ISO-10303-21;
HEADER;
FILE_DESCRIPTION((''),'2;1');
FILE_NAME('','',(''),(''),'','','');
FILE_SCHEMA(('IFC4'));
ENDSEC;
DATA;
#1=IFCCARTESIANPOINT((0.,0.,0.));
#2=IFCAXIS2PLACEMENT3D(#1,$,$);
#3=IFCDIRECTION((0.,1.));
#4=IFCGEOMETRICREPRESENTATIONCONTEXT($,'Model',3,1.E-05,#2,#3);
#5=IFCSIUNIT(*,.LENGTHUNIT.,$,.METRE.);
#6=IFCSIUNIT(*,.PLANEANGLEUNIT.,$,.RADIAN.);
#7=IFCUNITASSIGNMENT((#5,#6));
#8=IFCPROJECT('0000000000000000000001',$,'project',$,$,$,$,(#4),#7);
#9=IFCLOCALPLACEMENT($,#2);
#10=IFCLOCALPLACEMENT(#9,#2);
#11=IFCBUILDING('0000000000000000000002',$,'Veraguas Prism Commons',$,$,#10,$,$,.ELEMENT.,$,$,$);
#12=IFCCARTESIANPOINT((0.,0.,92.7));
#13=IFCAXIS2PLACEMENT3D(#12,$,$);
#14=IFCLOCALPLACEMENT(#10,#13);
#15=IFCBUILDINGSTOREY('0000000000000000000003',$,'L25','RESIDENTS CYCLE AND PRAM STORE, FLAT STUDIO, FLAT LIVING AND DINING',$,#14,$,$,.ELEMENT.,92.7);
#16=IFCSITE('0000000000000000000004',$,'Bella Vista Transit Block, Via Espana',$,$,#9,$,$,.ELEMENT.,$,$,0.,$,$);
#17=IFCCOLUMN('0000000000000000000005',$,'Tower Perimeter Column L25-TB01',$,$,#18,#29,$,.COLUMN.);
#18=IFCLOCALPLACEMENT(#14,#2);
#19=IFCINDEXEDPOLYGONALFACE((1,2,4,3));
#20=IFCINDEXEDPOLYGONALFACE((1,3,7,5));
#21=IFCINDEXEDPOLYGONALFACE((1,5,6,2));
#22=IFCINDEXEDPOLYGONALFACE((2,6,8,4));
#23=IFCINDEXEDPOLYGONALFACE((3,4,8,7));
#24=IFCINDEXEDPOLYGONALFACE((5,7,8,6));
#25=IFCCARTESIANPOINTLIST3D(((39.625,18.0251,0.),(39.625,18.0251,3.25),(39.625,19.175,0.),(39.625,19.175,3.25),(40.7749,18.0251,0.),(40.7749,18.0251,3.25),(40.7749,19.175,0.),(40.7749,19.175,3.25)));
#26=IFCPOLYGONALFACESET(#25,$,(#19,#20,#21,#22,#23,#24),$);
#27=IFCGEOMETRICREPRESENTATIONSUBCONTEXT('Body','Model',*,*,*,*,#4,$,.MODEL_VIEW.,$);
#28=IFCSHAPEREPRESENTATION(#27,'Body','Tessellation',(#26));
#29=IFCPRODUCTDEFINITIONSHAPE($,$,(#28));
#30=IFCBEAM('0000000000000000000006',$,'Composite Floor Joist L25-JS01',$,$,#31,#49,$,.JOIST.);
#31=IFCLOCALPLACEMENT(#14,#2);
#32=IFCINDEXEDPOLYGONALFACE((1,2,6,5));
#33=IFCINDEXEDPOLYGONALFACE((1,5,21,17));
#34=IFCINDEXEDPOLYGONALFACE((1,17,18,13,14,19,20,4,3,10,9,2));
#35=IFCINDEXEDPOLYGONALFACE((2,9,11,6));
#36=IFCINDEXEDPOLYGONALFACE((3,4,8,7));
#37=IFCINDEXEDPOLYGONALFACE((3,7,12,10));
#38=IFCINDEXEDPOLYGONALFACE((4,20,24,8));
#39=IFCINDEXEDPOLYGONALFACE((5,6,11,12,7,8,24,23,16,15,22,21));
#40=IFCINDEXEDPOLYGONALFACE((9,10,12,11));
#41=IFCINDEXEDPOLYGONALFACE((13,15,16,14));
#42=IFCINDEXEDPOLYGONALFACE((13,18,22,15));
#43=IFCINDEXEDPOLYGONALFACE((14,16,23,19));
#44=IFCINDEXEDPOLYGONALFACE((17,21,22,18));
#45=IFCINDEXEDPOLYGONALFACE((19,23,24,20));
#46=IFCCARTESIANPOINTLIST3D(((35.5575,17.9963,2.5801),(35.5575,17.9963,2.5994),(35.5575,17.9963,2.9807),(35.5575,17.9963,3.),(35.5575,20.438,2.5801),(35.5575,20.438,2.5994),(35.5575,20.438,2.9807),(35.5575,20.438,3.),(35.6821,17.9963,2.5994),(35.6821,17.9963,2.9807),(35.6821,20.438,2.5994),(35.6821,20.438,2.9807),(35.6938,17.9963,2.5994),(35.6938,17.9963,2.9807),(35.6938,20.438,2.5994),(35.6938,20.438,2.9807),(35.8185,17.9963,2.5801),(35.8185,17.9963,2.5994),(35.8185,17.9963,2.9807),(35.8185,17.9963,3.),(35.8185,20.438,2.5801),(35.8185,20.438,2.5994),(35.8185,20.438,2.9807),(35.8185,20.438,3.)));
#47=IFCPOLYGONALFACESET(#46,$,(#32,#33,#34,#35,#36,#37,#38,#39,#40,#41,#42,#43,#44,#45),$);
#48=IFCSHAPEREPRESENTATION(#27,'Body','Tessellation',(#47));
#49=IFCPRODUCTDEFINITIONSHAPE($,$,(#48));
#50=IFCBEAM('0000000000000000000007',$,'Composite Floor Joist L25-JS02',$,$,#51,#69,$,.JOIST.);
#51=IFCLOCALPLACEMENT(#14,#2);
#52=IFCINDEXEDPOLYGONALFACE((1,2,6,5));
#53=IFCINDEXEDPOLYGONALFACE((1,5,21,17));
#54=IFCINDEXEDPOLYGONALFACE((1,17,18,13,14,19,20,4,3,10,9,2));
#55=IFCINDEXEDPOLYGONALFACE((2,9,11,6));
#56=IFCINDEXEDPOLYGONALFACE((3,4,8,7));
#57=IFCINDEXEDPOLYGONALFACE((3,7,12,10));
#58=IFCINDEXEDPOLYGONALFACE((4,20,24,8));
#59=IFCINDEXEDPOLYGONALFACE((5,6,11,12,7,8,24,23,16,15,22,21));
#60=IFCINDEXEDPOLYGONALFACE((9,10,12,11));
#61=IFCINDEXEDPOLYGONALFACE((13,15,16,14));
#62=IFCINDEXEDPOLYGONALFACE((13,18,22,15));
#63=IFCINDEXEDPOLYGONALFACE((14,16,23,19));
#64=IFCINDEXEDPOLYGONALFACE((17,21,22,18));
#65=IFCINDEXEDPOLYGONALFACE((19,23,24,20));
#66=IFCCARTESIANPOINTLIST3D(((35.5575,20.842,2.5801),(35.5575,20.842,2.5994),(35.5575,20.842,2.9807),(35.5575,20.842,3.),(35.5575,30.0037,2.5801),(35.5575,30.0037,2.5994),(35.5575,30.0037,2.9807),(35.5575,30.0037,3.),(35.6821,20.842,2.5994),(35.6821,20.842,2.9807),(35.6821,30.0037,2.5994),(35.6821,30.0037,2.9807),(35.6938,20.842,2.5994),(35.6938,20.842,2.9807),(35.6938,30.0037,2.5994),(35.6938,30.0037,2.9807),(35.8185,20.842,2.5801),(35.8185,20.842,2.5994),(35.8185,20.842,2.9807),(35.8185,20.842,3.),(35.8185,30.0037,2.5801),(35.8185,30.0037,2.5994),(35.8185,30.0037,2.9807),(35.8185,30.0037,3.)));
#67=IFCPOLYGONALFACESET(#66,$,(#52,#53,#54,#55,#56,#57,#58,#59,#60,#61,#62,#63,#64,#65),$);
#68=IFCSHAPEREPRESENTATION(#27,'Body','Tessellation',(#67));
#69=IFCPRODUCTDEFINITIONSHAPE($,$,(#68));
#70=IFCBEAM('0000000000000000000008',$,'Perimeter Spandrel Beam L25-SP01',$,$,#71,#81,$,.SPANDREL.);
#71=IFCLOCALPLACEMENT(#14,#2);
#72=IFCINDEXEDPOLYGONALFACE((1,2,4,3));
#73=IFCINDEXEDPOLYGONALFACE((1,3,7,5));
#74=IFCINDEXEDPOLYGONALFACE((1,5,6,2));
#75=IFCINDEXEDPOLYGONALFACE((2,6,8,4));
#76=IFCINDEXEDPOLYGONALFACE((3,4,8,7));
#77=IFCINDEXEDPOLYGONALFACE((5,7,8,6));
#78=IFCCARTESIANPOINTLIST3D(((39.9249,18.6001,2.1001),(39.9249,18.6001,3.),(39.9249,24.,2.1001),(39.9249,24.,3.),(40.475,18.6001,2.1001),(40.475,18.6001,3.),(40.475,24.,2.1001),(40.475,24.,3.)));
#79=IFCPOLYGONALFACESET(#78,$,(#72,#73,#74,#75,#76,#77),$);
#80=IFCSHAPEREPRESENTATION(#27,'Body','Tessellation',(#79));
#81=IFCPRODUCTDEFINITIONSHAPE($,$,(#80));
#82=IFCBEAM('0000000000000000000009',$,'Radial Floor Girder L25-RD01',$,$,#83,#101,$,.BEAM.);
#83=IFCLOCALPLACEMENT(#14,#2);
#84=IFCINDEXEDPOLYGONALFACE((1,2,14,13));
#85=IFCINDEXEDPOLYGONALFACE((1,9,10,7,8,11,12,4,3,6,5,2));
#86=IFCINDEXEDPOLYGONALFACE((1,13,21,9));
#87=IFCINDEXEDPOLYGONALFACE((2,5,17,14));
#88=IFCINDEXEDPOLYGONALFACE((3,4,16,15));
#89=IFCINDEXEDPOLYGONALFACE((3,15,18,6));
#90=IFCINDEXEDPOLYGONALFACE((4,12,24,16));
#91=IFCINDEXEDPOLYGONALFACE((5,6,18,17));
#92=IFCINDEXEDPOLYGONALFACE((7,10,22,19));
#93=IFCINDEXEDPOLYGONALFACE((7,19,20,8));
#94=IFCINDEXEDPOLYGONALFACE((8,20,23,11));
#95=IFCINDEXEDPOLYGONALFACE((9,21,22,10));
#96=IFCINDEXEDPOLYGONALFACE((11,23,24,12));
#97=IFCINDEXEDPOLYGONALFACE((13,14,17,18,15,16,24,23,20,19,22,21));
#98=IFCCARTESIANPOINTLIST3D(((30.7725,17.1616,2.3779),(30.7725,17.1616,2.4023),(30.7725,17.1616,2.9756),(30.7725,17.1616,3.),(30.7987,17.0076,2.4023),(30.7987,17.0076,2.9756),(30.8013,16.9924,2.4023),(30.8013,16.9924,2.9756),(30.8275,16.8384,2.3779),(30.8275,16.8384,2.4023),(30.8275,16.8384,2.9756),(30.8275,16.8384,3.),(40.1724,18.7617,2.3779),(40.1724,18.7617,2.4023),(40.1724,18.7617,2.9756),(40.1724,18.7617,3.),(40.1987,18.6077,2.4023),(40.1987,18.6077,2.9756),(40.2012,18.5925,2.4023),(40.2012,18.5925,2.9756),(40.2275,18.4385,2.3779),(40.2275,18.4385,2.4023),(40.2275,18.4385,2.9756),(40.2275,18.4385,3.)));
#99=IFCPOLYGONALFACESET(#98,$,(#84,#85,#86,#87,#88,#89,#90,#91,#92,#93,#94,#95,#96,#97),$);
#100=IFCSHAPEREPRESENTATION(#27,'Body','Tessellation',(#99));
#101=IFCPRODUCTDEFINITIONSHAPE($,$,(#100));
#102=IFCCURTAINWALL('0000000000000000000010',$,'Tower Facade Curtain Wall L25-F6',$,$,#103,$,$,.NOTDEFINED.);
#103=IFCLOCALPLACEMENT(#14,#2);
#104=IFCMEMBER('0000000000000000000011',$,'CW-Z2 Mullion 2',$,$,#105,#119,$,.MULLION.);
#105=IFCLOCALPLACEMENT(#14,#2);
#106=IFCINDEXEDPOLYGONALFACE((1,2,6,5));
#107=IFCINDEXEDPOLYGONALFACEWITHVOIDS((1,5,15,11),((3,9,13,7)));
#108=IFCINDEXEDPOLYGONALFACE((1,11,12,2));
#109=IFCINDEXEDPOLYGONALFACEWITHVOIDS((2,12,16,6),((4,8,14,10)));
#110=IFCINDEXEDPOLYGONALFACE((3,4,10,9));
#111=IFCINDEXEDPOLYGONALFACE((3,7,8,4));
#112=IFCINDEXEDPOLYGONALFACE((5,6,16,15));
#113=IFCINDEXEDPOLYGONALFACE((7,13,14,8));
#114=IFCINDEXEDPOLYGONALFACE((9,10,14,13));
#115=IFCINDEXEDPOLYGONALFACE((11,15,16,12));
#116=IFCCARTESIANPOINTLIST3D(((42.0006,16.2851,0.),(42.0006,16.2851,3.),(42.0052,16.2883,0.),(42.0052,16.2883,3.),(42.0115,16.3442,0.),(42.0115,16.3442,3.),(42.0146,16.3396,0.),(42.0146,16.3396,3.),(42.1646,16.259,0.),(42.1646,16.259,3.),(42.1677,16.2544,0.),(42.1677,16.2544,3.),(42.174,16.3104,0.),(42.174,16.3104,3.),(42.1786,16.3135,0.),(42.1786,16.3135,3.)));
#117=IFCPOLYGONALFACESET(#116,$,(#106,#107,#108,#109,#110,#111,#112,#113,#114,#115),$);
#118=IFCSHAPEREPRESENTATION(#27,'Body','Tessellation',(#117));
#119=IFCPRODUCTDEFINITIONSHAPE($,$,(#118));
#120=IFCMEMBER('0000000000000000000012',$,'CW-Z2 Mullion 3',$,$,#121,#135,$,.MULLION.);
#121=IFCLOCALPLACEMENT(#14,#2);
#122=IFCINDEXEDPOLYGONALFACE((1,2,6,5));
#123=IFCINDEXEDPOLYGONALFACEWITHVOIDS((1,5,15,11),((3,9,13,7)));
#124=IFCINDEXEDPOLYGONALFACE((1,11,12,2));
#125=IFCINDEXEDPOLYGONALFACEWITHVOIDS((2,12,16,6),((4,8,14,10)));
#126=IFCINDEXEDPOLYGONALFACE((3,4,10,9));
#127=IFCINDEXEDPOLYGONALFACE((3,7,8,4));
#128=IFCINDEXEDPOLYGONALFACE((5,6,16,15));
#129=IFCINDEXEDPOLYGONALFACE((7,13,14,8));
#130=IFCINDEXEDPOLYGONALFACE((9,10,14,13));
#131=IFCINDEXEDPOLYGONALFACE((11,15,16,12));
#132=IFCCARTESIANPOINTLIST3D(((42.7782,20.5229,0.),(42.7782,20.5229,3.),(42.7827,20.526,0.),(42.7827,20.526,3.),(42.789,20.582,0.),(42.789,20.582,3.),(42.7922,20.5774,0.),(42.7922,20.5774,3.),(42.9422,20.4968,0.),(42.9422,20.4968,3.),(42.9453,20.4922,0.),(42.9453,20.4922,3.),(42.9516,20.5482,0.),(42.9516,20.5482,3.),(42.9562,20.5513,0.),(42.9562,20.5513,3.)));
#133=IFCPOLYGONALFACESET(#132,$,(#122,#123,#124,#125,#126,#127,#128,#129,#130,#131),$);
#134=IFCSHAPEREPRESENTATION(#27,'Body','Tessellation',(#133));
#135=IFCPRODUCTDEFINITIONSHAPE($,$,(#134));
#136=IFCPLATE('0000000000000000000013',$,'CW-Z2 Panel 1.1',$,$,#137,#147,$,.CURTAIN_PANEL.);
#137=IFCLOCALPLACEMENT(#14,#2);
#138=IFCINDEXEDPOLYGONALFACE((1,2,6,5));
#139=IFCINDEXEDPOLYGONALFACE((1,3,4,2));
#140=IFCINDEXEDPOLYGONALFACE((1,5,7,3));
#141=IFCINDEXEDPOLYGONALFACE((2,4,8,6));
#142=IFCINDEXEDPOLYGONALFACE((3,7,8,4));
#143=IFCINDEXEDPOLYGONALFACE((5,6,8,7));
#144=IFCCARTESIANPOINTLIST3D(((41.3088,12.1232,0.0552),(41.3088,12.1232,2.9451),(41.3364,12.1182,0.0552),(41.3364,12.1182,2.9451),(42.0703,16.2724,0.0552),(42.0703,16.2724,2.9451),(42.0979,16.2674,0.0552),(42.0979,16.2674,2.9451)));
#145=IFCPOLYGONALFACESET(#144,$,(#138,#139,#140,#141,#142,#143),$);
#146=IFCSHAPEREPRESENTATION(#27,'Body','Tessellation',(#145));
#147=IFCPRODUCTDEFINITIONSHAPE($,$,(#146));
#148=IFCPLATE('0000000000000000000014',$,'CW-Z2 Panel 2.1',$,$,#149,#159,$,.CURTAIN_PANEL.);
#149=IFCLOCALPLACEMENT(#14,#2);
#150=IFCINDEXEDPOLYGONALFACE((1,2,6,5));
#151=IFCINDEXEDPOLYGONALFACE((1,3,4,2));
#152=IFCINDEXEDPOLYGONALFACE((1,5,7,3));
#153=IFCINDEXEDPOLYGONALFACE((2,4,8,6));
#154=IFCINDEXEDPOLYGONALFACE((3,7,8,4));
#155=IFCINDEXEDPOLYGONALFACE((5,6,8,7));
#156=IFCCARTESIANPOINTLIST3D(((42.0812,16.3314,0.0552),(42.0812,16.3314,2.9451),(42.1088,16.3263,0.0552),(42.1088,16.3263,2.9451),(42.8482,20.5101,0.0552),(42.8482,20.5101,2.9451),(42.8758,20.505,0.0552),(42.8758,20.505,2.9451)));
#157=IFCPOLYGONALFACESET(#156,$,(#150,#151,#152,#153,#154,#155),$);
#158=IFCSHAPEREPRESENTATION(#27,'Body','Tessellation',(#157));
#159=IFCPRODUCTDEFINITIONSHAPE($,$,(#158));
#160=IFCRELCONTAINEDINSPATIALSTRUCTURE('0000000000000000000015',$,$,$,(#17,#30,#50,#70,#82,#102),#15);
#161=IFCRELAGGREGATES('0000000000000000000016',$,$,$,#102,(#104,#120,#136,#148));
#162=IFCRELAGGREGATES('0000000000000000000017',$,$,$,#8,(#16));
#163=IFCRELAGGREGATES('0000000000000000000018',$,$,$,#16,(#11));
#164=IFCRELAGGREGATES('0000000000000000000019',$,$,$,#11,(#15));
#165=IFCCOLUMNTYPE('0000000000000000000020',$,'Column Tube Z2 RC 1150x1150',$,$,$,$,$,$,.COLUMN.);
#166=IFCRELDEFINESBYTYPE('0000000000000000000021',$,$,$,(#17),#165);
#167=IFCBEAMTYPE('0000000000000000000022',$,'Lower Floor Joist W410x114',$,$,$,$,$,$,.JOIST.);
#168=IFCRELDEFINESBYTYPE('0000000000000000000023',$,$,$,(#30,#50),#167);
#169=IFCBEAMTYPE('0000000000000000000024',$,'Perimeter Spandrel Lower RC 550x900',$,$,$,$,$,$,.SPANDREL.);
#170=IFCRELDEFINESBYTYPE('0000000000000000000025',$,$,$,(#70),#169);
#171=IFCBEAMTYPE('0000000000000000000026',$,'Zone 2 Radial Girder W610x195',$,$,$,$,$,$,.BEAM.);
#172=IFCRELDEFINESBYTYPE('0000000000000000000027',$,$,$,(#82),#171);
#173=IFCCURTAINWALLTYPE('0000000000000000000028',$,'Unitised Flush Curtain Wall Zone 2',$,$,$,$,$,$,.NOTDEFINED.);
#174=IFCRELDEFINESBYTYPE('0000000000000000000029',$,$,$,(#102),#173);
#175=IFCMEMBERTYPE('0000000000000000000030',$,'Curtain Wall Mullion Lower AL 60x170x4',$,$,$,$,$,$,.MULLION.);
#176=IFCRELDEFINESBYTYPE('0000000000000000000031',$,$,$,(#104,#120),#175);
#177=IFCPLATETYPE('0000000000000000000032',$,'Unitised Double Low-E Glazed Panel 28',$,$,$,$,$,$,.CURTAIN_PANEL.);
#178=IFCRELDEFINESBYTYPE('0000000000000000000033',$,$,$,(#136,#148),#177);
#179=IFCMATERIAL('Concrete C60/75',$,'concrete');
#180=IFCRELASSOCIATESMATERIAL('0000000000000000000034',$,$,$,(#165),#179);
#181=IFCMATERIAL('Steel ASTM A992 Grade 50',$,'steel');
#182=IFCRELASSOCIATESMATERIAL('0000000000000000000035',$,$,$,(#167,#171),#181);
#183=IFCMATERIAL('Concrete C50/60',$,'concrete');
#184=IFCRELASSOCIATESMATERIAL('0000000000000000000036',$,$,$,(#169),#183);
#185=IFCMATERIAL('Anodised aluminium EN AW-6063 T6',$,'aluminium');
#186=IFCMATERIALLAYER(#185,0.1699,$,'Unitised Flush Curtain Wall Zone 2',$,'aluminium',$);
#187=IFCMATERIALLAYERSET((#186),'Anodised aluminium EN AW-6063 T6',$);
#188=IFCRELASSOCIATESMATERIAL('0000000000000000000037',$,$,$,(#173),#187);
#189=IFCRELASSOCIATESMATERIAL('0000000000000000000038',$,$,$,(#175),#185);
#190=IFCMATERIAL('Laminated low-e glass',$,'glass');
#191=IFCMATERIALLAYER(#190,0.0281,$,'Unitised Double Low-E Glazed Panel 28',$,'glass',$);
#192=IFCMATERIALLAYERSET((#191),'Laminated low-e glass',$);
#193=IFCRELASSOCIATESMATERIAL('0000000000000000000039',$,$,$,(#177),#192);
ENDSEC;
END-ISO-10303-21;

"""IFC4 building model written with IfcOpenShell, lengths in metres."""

from ifc_helpers import new_model, si_unit, direction, frame, origin, origin_2d, place, context, subcontext, project, spatial, rectangle, hollow_rectangle, i_section, extrude, source, transform, mapped, material, layer, layer_set, material_profile, profile_set, type_object, element, aggregate, save


model = new_model("IFC4")

# Units and contexts
model_context = context("Model", 3, precision=1e-05, world=origin(), true_north=direction((0.0, 1.0)))
body_context = subcontext(model_context, "Body", "Model", "MODEL_VIEW")
ifc_project = project(units=[si_unit("LENGTHUNIT", "METRE"), si_unit("PLANEANGLEUNIT", "RADIAN")], contexts=[model_context])

# Site, building, storey
site_placement = place(None, origin())
site = spatial("IfcSite", under=ifc_project, at=site_placement, Name="Bella Vista Transit Block, Via Espana", CompositionType="ELEMENT", RefElevation=0.0)
building_placement = place(site_placement, origin())
building = spatial("IfcBuilding", under=site, at=building_placement, Name="Veraguas Prism Commons", CompositionType="ELEMENT")
storey_placement = place(building_placement, frame((0.0, 0.0, 92.7)))
storey = spatial("IfcBuildingStorey", under=building, at=storey_placement, Name="L25", Description="RESIDENTS CYCLE AND PRAM STORE, FLAT STUDIO, FLAT LIVING AND DINING", CompositionType="ELEMENT", Elevation=92.7)

# Column
ifc_material_1 = material(Name="Concrete C60/75", Category="concrete")
ifc_material_profile_1 = material_profile(ifc_material_1, rectangle(XDim=1.1499, YDim=1.1499, at=origin_2d()), Name="RC1150X1150")
ifc_profile_set_1 = profile_set([ifc_material_profile_1], Name="Concrete C60/75")
column_type = type_object("IfcColumnType", Name="Column Tube Z2 RC 1150x1150", PredefinedType="COLUMN", material=ifc_profile_set_1)
column_placement = place(storey_placement, frame((40.2, 18.6001, 0.0), z_axis=(0.0, 0.0, 1.0), x_axis=(1.0, 0.0, 0.0)))
element("IfcColumn", 1, at=column_placement, inside=storey, type_object=column_type, Name="Tower Perimeter Column L25-TB01", PredefinedType="COLUMN", context=body_context, shape_type="SweptSolid", body=[
    extrude(rectangle(XDim=1.1499, YDim=1.1499, at=origin_2d()), origin(), (0.0, 0.0, 1.0), 3.25),
])

# Beams
ifc_material_2 = material(Name="Steel ASTM A992 Grade 50", Category="steel")
ifc_material_profile_2 = material_profile(ifc_material_2, i_section(OverallWidth=0.261, OverallDepth=0.4199, WebThickness=0.0117, FlangeThickness=0.0193, at=origin_2d()), Name="W410X114")
ifc_profile_set_2 = profile_set([ifc_material_profile_2], Name="Steel ASTM A992 Grade 50")
beam_type_1 = type_object("IfcBeamType", Name="Lower Floor Joist W410x114", PredefinedType="JOIST", material=ifc_profile_set_2)
beam_1_placement = place(storey_placement, frame((35.688, 17.9963, 2.79), z_axis=(0.0, 1.0, 0.0), x_axis=(-1.0, 0.0, 0.0)))
element("IfcBeam", 2, at=beam_1_placement, inside=storey, type_object=beam_type_1, Name="Composite Floor Joist L25-JS01", PredefinedType="JOIST", context=body_context, shape_type="SweptSolid", body=[
    extrude(i_section(OverallWidth=0.261, OverallDepth=0.4199, WebThickness=0.0117, FlangeThickness=0.0193, at=origin_2d()), origin(), (0.0, 0.0, 1.0), 2.4417),
])
beam_2_placement = place(storey_placement, frame((35.688, 20.842, 2.79), z_axis=(0.0, 1.0, 0.0), x_axis=(-1.0, 0.0, 0.0)))
element("IfcBeam", 3, at=beam_2_placement, inside=storey, type_object=beam_type_1, Name="Composite Floor Joist L25-JS02", PredefinedType="JOIST", context=body_context, shape_type="SweptSolid", body=[
    extrude(i_section(OverallWidth=0.261, OverallDepth=0.4199, WebThickness=0.0117, FlangeThickness=0.0193, at=origin_2d()), origin(), (0.0, 0.0, 1.0), 9.1616),
])
ifc_material_3 = material(Name="Concrete C50/60", Category="concrete")
ifc_material_profile_3 = material_profile(ifc_material_3, rectangle(XDim=0.55, YDim=0.8999, at=origin_2d()), Name="RC550X900")
ifc_profile_set_3 = profile_set([ifc_material_profile_3], Name="Concrete C50/60")
beam_type_2 = type_object("IfcBeamType", Name="Perimeter Spandrel Lower RC 550x900", PredefinedType="SPANDREL", material=ifc_profile_set_3)
beam_3_placement = place(storey_placement, frame((40.2, 18.6001, 2.55), z_axis=(0.0, 1.0, 0.0), x_axis=(-1.0, 0.0, 0.0)))
element("IfcBeam", 4, at=beam_3_placement, inside=storey, type_object=beam_type_2, Name="Perimeter Spandrel Beam L25-SP01", PredefinedType="SPANDREL", context=body_context, shape_type="SweptSolid", body=[
    extrude(rectangle(XDim=0.55, YDim=0.8999, at=origin_2d()), origin(), (0.0, 0.0, 1.0), 5.3999),
])
ifc_material_profile_4 = material_profile(ifc_material_2, i_section(OverallWidth=0.3279, OverallDepth=0.6221, WebThickness=0.0154, FlangeThickness=0.0244, at=origin_2d()), Name="W610X195")
ifc_profile_set_4 = profile_set([ifc_material_profile_4], Name="Steel ASTM A992 Grade 50")
beam_type_3 = type_object("IfcBeamType", Name="Zone 2 Radial Girder W610x195", PredefinedType="BEAM", material=ifc_profile_set_4)
beam_4_placement = place(storey_placement, frame((40.2, 18.6001, 2.689), z_axis=(-0.985819, -0.167811, 0.0), x_axis=(0.167811, -0.985819, 0.0)))
element("IfcBeam", 5, at=beam_4_placement, inside=storey, type_object=beam_type_3, Name="Radial Floor Girder L25-RD01", PredefinedType="BEAM", context=body_context, shape_type="SweptSolid", body=[
    extrude(i_section(OverallWidth=0.3279, OverallDepth=0.6221, WebThickness=0.0154, FlangeThickness=0.0244, at=origin_2d()), origin(), (0.0, 0.0, 1.0), 9.5352),
])

# Curtain wall, members, plates
ifc_material_4 = material(Name="Anodised aluminium EN AW-6063 T6", Category="aluminium")
ifc_layer_1 = layer(ifc_material_4, 0.1699, Name="Unitised Flush Curtain Wall Zone 2", Category="aluminium")
ifc_layer_set_1 = layer_set([ifc_layer_1], Name="Anodised aluminium EN AW-6063 T6")
curtain_wall_type = type_object("IfcCurtainWallType", Name="Unitised Flush Curtain Wall Zone 2", PredefinedType="NOTDEFINED", material=ifc_layer_set_1)
curtain_wall_placement = place(storey_placement, origin())
curtain_wall = element("IfcCurtainWall", 6, at=curtain_wall_placement, inside=storey, type_object=curtain_wall_type, Name="Tower Facade Curtain Wall L25-F6", PredefinedType="NOTDEFINED")
ifc_material_profile_5 = material_profile(ifc_material_4, hollow_rectangle(XDim=0.0601, YDim=0.1699, WallThickness=0.0039, at=origin_2d()), Name="AL60X170X4")
ifc_profile_set_5 = profile_set([ifc_material_profile_5], Name="Anodised aluminium EN AW-6063 T6")
member_type = type_object("IfcMemberType", Name="Curtain Wall Mullion Lower AL 60x170x4", PredefinedType="MULLION", material=ifc_profile_set_5)
shared_shape_1 = source(origin(), body_context, "Body", "SweptSolid", [
    extrude(hollow_rectangle(XDim=0.0601, YDim=0.1699, WallThickness=0.0039, at=origin_2d()), origin(), (0.0, 0.0, 1.0), 3.0),
])
member_1_placement = place(storey_placement, frame((42.0896, 16.2993, 0.0), z_axis=(0.0, 0.0, 1.0), x_axis=(0.180523, 0.983571, 0.0)))
member_1 = element("IfcMember", 7, at=member_1_placement, type_object=member_type, Name="CW-Z2 Mullion 2", PredefinedType="MULLION", context=body_context, shape_type="MappedRepresentation", body=[
    mapped(shared_shape_1, transform((0.0, 0.0, 0.0), scale=1.0)),
])
member_2_placement = place(storey_placement, frame((42.8672, 20.5371, 0.0), z_axis=(0.0, 0.0, 1.0), x_axis=(0.180523, 0.983571, 0.0)))
member_2 = element("IfcMember", 8, at=member_2_placement, type_object=member_type, Name="CW-Z2 Mullion 3", PredefinedType="MULLION", context=body_context, shape_type="MappedRepresentation", body=[
    mapped(shared_shape_1, transform((0.0, 0.0, 0.0), scale=1.0)),
])
ifc_material_5 = material(Name="Laminated low-e glass", Category="glass")
ifc_layer_2 = layer(ifc_material_5, 0.0281, Name="Unitised Double Low-E Glazed Panel 28", Category="glass")
ifc_layer_set_2 = layer_set([ifc_layer_2], Name="Laminated low-e glass")
plate_type = type_object("IfcPlateType", Name="Unitised Double Low-E Glazed Panel 28", PredefinedType="CURTAIN_PANEL", material=ifc_layer_set_2)
shared_shape_2 = source(origin(), body_context, "Body", "SweptSolid", [
    extrude(rectangle(XDim=4.2185, YDim=0.0281, at=origin_2d()), origin(), (0.0, 0.0, 1.0), 2.8899),
])
plate_1_placement = place(storey_placement, frame((41.7034, 14.1953, 0.0552), z_axis=(0.0, 0.0, 1.0), x_axis=(0.180523, 0.983571, 0.0)))
plate_1 = element("IfcPlate", 9, at=plate_1_placement, type_object=plate_type, Name="CW-Z2 Panel 1.1", PredefinedType="CURTAIN_PANEL", context=body_context, shape_type="MappedRepresentation", body=[
    mapped(shared_shape_2, transform((0.0, 0.0, 0.0), scale=1.0)),
])
shared_shape_3 = source(origin(), body_context, "Body", "SweptSolid", [
    extrude(rectangle(XDim=4.2485, YDim=0.0281, at=origin_2d()), origin(), (0.0, 0.0, 1.0), 2.8899),
])
plate_2_placement = place(storey_placement, frame((42.4785, 18.4182, 0.0552), z_axis=(0.0, 0.0, 1.0), x_axis=(0.180523, 0.983571, 0.0)))
plate_2 = element("IfcPlate", 10, at=plate_2_placement, type_object=plate_type, Name="CW-Z2 Panel 2.1", PredefinedType="CURTAIN_PANEL", context=body_context, shape_type="MappedRepresentation", body=[
    mapped(shared_shape_3, transform((0.0, 0.0, 0.0), scale=1.0)),
])
aggregate(curtain_wall, [member_1, member_2, plate_1, plate_2])

save(model, "model.ifc")
